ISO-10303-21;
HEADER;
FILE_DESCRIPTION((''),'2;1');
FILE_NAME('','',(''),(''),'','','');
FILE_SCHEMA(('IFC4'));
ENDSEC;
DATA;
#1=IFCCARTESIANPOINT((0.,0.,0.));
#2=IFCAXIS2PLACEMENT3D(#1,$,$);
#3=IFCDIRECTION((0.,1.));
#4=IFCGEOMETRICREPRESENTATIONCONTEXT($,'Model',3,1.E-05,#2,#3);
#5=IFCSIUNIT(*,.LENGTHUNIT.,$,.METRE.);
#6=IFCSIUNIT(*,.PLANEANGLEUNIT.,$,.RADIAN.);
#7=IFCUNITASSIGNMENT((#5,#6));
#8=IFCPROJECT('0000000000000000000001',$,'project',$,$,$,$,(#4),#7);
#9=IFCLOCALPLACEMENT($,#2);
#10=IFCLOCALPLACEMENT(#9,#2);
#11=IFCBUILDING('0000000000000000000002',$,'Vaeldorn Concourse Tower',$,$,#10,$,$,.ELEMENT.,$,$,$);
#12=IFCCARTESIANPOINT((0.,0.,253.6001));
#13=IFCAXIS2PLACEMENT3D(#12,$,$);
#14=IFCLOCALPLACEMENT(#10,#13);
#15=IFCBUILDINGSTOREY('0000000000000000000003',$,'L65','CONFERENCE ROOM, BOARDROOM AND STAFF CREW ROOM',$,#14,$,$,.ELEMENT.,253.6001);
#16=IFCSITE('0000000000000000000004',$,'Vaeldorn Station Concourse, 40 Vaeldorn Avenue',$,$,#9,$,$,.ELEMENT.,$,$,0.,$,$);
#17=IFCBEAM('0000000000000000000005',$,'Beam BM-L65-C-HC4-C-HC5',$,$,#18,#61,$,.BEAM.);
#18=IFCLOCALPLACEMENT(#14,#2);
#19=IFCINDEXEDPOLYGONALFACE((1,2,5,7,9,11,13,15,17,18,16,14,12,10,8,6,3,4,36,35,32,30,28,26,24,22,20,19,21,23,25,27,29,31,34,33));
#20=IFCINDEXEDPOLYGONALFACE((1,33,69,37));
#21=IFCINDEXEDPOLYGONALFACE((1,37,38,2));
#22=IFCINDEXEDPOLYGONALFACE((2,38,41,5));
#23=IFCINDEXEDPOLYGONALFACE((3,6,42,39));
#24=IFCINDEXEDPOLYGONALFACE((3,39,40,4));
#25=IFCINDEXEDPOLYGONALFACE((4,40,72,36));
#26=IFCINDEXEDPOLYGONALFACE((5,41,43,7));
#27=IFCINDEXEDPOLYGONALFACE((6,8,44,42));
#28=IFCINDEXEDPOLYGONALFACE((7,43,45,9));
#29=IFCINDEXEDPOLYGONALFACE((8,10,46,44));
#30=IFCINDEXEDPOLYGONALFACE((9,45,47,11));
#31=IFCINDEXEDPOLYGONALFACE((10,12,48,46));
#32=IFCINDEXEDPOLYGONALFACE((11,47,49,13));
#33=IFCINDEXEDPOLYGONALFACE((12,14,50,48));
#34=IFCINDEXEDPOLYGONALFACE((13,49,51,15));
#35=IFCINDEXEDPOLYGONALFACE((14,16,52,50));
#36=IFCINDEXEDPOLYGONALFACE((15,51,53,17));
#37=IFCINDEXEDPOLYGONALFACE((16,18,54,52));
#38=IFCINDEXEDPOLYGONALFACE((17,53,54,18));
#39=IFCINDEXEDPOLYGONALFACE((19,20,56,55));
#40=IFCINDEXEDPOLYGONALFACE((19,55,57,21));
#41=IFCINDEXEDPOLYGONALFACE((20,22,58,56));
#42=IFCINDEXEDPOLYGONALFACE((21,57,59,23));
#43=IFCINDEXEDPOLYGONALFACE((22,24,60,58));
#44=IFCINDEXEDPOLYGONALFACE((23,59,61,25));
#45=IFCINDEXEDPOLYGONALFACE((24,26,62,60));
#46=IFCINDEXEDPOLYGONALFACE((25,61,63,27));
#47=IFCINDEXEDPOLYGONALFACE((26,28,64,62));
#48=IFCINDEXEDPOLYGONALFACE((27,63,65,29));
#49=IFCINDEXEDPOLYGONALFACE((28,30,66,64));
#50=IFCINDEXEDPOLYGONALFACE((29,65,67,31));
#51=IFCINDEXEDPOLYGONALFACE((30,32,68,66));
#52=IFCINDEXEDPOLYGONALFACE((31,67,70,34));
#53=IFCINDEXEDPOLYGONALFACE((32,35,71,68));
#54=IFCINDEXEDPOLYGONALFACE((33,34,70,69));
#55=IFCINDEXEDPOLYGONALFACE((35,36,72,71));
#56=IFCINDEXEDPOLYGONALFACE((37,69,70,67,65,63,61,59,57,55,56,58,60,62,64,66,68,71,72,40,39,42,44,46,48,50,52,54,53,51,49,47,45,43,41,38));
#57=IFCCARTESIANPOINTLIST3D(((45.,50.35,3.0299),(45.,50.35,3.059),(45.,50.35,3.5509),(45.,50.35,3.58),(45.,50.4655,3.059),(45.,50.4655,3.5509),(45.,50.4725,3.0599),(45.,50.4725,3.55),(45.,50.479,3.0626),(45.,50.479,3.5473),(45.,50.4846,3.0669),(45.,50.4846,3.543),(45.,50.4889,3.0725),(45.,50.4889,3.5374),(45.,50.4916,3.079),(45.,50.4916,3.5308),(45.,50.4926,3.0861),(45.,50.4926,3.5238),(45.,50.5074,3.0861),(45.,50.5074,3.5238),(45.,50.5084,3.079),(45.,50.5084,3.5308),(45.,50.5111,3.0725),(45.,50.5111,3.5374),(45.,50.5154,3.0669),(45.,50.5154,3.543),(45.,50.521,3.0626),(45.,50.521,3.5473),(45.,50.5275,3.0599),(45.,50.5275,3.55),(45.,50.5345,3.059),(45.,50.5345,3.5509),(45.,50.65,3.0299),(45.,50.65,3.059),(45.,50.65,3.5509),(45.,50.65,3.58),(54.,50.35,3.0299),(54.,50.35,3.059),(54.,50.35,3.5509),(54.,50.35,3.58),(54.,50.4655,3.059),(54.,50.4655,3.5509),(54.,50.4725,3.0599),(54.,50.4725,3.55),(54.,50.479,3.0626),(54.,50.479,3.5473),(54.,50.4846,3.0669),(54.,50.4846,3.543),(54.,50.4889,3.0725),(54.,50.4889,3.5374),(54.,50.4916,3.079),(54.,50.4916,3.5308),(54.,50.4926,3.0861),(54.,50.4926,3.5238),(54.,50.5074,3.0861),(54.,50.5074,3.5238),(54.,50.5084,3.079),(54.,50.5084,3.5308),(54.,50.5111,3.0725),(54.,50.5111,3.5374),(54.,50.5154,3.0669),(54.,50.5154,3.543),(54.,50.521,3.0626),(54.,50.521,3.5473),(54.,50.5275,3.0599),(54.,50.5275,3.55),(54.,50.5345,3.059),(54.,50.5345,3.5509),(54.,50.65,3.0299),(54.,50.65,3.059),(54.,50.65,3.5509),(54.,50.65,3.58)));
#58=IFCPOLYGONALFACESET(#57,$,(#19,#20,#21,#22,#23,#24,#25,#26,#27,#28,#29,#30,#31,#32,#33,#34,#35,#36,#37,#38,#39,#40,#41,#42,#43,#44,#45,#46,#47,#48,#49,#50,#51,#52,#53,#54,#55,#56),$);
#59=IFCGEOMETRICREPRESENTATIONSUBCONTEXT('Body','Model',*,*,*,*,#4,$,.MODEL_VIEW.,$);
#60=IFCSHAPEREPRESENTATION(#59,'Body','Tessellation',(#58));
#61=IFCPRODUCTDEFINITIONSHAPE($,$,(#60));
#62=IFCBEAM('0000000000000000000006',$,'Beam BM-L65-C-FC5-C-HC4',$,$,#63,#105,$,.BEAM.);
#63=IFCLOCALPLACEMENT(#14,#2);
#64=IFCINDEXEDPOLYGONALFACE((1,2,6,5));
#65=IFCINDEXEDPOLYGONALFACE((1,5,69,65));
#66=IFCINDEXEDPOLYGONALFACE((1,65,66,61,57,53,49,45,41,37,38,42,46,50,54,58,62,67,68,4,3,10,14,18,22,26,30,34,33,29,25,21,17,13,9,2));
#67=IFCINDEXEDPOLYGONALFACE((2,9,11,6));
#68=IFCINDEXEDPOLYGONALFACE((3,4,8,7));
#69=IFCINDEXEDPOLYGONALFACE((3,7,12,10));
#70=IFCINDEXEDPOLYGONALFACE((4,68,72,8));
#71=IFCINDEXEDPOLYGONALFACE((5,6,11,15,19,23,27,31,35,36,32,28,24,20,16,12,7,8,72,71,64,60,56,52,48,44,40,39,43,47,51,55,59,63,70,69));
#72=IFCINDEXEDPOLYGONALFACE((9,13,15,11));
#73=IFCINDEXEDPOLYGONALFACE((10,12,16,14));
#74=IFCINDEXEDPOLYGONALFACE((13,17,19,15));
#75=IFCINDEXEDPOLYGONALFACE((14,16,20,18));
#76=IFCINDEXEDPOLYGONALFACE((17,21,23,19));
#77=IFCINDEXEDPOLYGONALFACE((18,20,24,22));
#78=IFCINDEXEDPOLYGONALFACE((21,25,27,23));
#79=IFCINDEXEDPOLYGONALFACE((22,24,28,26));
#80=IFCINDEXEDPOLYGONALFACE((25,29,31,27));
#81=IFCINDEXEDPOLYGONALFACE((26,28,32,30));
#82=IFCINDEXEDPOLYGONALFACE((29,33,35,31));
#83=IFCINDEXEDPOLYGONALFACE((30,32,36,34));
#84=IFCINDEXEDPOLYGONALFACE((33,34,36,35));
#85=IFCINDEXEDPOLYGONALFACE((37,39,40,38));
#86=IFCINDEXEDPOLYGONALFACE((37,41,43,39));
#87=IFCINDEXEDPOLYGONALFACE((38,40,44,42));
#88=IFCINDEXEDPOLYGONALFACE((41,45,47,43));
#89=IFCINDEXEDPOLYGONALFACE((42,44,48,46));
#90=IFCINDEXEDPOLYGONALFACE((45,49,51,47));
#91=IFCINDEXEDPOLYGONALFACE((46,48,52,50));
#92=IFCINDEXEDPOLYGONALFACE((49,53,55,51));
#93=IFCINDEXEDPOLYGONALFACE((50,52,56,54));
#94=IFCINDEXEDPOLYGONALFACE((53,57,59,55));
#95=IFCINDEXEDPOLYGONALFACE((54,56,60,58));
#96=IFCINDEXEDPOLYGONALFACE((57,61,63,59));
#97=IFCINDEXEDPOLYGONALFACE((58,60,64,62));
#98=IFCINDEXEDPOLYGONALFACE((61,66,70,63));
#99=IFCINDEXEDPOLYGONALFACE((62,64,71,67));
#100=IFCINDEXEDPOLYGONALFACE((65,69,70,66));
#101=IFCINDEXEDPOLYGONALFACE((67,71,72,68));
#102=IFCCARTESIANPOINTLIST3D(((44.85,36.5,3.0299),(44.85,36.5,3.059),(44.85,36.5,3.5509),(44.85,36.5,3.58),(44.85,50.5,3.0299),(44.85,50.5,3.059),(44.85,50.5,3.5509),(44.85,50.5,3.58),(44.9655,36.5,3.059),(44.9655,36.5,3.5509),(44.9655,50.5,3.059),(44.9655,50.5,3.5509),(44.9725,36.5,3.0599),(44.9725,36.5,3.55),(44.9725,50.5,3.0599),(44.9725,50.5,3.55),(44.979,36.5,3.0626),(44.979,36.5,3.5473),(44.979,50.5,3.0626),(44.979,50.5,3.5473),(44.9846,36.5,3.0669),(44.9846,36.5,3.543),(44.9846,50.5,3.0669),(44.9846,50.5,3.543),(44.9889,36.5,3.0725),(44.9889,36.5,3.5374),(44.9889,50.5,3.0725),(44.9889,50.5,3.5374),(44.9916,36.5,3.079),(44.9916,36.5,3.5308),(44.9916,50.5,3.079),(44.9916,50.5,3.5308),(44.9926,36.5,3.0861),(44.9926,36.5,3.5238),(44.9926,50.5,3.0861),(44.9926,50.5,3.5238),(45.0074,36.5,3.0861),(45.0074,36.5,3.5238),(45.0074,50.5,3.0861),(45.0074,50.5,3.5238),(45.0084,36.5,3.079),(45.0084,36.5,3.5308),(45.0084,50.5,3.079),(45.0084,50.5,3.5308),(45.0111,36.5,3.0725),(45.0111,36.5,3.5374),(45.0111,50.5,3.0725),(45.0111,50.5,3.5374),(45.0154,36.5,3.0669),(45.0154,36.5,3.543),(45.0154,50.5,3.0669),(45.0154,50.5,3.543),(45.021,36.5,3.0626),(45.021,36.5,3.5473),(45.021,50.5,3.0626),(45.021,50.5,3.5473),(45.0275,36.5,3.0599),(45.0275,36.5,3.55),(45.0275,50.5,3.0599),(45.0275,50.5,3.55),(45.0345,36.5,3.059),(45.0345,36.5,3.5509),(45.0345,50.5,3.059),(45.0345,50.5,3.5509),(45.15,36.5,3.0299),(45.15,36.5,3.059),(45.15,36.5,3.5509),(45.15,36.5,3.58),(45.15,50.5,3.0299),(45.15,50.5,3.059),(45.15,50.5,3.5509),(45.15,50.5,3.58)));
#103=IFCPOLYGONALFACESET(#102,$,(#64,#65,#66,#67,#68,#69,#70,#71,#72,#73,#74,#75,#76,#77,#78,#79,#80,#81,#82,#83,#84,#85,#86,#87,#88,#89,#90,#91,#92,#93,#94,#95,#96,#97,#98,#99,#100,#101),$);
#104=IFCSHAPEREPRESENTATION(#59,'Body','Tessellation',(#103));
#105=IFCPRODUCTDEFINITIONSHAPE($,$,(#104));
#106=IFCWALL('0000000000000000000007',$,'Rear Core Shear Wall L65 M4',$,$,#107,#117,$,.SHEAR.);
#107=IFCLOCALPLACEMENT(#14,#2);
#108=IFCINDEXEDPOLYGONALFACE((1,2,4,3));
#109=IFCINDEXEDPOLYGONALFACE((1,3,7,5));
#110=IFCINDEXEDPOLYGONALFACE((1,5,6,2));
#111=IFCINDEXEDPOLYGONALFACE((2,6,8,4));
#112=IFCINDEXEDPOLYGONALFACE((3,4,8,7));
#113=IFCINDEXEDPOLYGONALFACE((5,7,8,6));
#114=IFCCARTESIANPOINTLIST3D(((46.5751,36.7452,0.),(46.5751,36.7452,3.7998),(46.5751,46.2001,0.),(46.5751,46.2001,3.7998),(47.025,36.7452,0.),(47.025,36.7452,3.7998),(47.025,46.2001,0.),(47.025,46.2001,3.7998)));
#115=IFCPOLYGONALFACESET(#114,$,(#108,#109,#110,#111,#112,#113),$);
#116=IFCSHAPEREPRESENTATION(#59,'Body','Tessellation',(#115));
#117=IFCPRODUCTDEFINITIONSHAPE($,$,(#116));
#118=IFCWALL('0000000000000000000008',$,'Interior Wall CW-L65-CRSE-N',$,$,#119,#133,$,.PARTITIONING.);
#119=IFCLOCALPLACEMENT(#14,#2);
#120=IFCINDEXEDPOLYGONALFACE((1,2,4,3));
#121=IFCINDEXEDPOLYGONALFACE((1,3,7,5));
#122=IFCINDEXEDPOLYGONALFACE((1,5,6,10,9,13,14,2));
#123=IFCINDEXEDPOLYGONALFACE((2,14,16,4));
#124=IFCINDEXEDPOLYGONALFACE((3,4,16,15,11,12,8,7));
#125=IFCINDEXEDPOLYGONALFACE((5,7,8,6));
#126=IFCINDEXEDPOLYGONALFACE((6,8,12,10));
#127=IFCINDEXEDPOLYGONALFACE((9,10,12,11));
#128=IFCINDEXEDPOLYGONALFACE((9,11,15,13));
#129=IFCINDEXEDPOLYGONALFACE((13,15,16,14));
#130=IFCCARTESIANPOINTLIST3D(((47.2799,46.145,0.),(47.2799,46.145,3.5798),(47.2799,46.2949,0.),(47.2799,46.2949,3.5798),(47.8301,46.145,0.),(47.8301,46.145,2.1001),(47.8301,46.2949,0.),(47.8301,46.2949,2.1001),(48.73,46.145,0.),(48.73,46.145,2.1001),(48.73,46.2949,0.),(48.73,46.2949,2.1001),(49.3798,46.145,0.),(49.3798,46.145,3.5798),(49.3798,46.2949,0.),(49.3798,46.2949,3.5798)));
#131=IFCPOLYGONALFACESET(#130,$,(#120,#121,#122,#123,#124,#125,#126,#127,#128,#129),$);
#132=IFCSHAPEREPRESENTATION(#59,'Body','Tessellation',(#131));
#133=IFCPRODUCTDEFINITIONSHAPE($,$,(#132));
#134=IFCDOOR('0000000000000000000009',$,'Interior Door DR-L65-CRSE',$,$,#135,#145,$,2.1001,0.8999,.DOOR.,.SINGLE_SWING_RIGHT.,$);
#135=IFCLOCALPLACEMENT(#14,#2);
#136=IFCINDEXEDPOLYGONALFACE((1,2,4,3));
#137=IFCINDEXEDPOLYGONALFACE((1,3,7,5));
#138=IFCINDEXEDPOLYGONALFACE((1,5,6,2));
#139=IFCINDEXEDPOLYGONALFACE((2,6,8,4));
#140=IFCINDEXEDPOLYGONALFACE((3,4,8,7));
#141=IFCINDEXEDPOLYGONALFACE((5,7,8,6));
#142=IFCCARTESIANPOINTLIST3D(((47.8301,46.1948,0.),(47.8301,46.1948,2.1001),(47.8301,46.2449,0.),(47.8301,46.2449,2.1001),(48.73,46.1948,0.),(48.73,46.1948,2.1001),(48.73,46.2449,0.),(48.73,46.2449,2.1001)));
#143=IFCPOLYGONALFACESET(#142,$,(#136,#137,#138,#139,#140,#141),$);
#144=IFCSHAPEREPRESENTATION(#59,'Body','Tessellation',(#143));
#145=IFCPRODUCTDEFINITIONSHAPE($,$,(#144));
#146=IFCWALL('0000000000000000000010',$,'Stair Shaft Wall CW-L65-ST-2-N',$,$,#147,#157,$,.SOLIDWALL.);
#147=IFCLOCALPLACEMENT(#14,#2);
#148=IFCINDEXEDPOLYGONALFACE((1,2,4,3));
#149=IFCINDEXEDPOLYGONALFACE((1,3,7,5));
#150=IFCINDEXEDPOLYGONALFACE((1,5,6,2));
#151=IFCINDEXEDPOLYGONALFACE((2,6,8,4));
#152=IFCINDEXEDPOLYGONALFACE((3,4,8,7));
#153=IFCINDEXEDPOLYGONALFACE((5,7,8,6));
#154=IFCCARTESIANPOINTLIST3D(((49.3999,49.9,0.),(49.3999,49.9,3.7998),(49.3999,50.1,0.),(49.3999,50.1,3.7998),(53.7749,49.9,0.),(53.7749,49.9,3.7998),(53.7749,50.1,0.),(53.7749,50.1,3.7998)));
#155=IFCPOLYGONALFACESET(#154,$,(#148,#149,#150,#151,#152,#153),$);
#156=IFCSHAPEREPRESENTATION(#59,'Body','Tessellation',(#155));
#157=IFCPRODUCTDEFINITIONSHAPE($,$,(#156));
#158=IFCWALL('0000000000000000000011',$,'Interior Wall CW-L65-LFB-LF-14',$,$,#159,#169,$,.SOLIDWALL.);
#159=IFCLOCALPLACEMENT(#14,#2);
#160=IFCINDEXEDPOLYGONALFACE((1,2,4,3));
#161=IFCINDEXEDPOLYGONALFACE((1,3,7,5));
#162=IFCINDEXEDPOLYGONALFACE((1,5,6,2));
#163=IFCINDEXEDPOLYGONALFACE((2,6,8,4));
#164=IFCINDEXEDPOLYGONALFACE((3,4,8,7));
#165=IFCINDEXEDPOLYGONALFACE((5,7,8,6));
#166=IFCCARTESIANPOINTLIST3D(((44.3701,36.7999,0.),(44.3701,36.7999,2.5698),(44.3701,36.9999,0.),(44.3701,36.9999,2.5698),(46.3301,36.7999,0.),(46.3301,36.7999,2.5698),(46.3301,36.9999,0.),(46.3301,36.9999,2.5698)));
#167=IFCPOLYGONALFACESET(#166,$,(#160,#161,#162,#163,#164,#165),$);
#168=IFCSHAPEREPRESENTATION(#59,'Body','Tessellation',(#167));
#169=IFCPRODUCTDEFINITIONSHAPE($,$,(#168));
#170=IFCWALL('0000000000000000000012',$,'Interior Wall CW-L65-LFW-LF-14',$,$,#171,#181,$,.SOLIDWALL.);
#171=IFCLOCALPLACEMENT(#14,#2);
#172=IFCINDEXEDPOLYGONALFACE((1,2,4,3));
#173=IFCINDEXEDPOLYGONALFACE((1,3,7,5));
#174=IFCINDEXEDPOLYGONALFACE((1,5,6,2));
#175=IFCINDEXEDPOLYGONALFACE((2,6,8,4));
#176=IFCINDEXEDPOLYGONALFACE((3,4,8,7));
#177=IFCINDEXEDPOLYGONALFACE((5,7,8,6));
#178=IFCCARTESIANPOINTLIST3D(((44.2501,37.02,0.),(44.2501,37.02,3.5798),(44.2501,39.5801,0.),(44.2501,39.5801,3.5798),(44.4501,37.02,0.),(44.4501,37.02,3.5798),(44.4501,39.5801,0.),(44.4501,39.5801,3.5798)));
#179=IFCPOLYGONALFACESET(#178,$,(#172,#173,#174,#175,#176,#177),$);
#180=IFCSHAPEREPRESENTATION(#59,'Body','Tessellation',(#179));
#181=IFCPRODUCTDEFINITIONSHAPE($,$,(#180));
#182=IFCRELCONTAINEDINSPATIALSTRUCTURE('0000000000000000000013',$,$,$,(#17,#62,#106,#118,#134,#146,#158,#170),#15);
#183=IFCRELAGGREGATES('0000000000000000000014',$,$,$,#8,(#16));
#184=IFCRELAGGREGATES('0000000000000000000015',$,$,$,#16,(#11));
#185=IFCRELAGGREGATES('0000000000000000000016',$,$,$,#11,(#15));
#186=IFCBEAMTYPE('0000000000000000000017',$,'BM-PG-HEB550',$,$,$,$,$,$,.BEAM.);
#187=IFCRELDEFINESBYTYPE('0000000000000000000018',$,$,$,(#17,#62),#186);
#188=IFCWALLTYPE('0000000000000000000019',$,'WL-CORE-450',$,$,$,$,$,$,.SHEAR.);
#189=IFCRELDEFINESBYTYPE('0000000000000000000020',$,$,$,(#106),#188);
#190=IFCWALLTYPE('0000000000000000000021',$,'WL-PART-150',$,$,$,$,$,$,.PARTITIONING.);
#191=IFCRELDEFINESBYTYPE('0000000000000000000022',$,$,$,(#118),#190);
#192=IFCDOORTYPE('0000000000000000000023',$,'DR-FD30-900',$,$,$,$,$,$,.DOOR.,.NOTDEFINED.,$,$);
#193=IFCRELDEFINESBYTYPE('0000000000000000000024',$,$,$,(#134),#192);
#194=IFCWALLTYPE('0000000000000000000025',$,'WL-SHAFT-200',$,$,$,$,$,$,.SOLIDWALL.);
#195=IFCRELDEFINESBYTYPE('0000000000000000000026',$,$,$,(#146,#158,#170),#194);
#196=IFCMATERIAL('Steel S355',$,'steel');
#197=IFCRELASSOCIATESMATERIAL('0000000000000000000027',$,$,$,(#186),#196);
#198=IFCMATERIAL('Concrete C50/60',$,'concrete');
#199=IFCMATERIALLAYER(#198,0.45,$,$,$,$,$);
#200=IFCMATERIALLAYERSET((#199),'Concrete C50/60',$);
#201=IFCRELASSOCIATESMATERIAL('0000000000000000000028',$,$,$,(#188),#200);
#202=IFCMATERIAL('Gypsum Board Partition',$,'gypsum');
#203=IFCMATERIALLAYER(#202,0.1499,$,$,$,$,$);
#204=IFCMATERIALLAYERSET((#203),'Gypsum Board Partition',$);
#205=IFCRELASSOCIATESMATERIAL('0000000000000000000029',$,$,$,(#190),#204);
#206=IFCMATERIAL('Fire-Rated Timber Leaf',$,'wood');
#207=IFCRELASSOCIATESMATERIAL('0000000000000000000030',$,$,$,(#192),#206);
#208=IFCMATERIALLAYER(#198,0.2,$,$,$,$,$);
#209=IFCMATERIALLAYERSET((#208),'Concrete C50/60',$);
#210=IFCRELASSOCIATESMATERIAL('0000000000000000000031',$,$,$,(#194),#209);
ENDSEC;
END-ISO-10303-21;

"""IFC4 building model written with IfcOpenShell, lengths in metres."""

from ifc_helpers import new_model, si_unit, direction, frame, frame_2d, origin, origin_2d, place, context, subcontext, project, spatial, rectangle, i_section, extrude, source, transform, mapped, material, layer, layer_set, material_profile, profile_set, type_object, element, fill, save


model = new_model("IFC4")

# Units and contexts
model_context = context("Model", 3, precision=1e-05, world=origin(), true_north=direction((0.0, 1.0)))
body_context = subcontext(model_context, "Body", "Model", "MODEL_VIEW")
ifc_project = project(units=[si_unit("LENGTHUNIT", "METRE"), si_unit("PLANEANGLEUNIT", "RADIAN")], contexts=[model_context])

# Site, building, storey
site_placement = place(None, origin())
site = spatial("IfcSite", under=ifc_project, at=site_placement, Name="Vaeldorn Station Concourse, 40 Vaeldorn Avenue", CompositionType="ELEMENT", RefElevation=0.0)
building_placement = place(site_placement, origin())
building = spatial("IfcBuilding", under=site, at=building_placement, Name="Vaeldorn Concourse Tower", CompositionType="ELEMENT")
storey_placement = place(building_placement, frame((0.0, 0.0, 253.6001)))
storey = spatial("IfcBuildingStorey", under=building, at=storey_placement, Name="L65", Description="CONFERENCE ROOM, BOARDROOM AND STAFF CREW ROOM", CompositionType="ELEMENT", Elevation=253.6001)

# Beams
ifc_material_1 = material(Name="Concrete C50/60", Category="concrete")
ifc_material_2 = material(Name="Steel S355", Category="steel")
ifc_material_profile_1 = material_profile(ifc_material_2, i_section(OverallWidth=0.3, OverallDepth=0.55, WebThickness=0.0149, FlangeThickness=0.0291, FilletRadius=0.0271, at=origin_2d()), Name="HEB 550")
ifc_profile_set_1 = profile_set([ifc_material_profile_1], Name="Steel S355")
beam_type_1 = type_object("IfcBeamType", Name="BM-PG-HEB550", PredefinedType="BEAM", material=ifc_profile_set_1)
shared_shape_1 = source(origin(), body_context, "Body", "SweptSolid", [
    extrude(i_section(OverallWidth=0.3, OverallDepth=0.55, WebThickness=0.0149, FlangeThickness=0.0291, FilletRadius=0.0271, at=origin_2d()), origin(), (0.0, 0.0, 1.0), 9.0),
])
beam_1_placement = place(storey_placement, frame((45.0, 50.5, 3.3049), z_axis=(1.0, 0.0, 0.0), x_axis=(0.0, 1.0, 0.0)))
element("IfcBeam", 1, at=beam_1_placement, inside=storey, type_object=beam_type_1, Name="Beam BM-L65-C-HC4-C-HC5", PredefinedType="BEAM", context=body_context, shape_type="MappedRepresentation", body=[
    mapped(shared_shape_1, transform((0.0, 0.0, 0.0), scale=1.0)),
])
shared_shape_2 = source(origin(), body_context, "Body", "SweptSolid", [
    extrude(i_section(OverallWidth=0.3, OverallDepth=0.55, WebThickness=0.0149, FlangeThickness=0.0291, FilletRadius=0.0271, at=origin_2d()), origin(), (0.0, 0.0, 1.0), 14.0),
])
beam_2_placement = place(storey_placement, frame((45.0, 36.5, 3.3049), z_axis=(0.0, 1.0, 0.0), x_axis=(-1.0, 0.0, 0.0)))
element("IfcBeam", 2, at=beam_2_placement, inside=storey, type_object=beam_type_1, Name="Beam BM-L65-C-FC5-C-HC4", PredefinedType="BEAM", context=body_context, shape_type="MappedRepresentation", body=[
    mapped(shared_shape_2, transform((0.0, 0.0, 0.0), scale=1.0)),
])

# Wall
ifc_layer_1 = layer(ifc_material_1, 0.45)
ifc_layer_set_1 = layer_set([ifc_layer_1], Name="Concrete C50/60")
wall_type_1 = type_object("IfcWallType", Name="WL-CORE-450", PredefinedType="SHEAR", material=ifc_layer_set_1)
wall_1_placement = place(storey_placement, frame((46.8, 36.7451, 0.0), z_axis=(0.0, 0.0, 1.0), x_axis=(0.0, 1.0, 0.0)))
element("IfcWall", 3, at=wall_1_placement, inside=storey, type_object=wall_type_1, Name="Rear Core Shear Wall L65 M4", PredefinedType="SHEAR", context=body_context, shape_type="SweptSolid", body=[
    extrude(rectangle(XDim=9.4548, YDim=0.45, at=frame_2d((4.7275, 0.0))), origin(), (0.0, 0.0, 1.0), 3.7998),
])

# Wall, opening, door
ifc_material_3 = material(Name="Gypsum Board Partition", Category="gypsum")
ifc_layer_2 = layer(ifc_material_3, 0.1499)
ifc_layer_set_2 = layer_set([ifc_layer_2], Name="Gypsum Board Partition")
wall_type_2 = type_object("IfcWallType", Name="WL-PART-150", PredefinedType="PARTITIONING", material=ifc_layer_set_2)
wall_2_placement = place(storey_placement, frame((47.28, 46.22, 0.0), z_axis=(0.0, 0.0, 1.0), x_axis=(1.0, 0.0, 0.0)))
wall_2 = element("IfcWall", 4, at=wall_2_placement, inside=storey, type_object=wall_type_2, Name="Interior Wall CW-L65-CRSE-N", PredefinedType="PARTITIONING", context=body_context, shape_type="SweptSolid", body=[
    extrude(rectangle(XDim=2.0999, YDim=0.1499, at=frame_2d((1.0498, 0.0))), origin(), (0.0, 0.0, 1.0), 3.5798),
])
opening_1_placement = place(wall_2_placement, frame((0.55, 0.0, 0.0)))
opening_1 = element("IfcOpeningElement", 5, at=opening_1_placement, cuts=wall_2, PredefinedType="OPENING", context=body_context, shape_type="SweptSolid", body=[
    extrude(rectangle(XDim=0.8999, YDim=2.1001, at=frame_2d((0.45, 1.05))), frame((0.0, 0.085, 0.0), z_axis=(0.0, -1.0, 0.0), x_axis=(1.0, 0.0, 0.0)), (0.0, 0.0, 1.0), 0.1699),
])
ifc_material_4 = material(Name="Fire-Rated Timber Leaf", Category="wood")
door_type_1 = type_object("IfcDoorType", Name="DR-FD30-900", OperationType="NOTDEFINED", PredefinedType="DOOR", material=ifc_material_4)
shared_shape_3 = source(origin(), body_context, "Body", "SweptSolid", [
    extrude(rectangle(XDim=0.8999, YDim=2.1001, at=frame_2d((0.45, 1.05))), frame((0.0, 0.0249, 0.0), z_axis=(0.0, -1.0, 0.0), x_axis=(1.0, 0.0, 0.0)), (0.0, 0.0, 1.0), 0.05),
])
door_1_placement = place(opening_1_placement, origin())
door_1 = element("IfcDoor", 6, at=door_1_placement, inside=storey, type_object=door_type_1, Name="Interior Door DR-L65-CRSE", OperationType="SINGLE_SWING_RIGHT", OverallHeight=2.1001, OverallWidth=0.8999, PredefinedType="DOOR", context=body_context, shape_type="MappedRepresentation", body=[
    mapped(shared_shape_3, transform((0.0, 0.0, 0.0), scale=1.0)),
])
fill(opening_1, door_1)
ifc_layer_3 = layer(ifc_material_1, 0.2)
ifc_layer_set_3 = layer_set([ifc_layer_3], Name="Concrete C50/60")
wall_type_3 = type_object("IfcWallType", Name="WL-SHAFT-200", PredefinedType="SOLIDWALL", material=ifc_layer_set_3)

# Wall
wall_3_placement = place(storey_placement, frame((49.3999, 50.0, 0.0), z_axis=(0.0, 0.0, 1.0), x_axis=(1.0, 0.0, 0.0)))
element("IfcWall", 7, at=wall_3_placement, inside=storey, type_object=wall_type_3, Name="Stair Shaft Wall CW-L65-ST-2-N", PredefinedType="SOLIDWALL", context=body_context, shape_type="SweptSolid", body=[
    extrude(rectangle(XDim=4.375, YDim=0.2, at=frame_2d((2.1875, 0.0))), origin(), (0.0, 0.0, 1.0), 3.7998),
])

# Walls
wall_4_placement = place(storey_placement, frame((44.3701, 36.8999, 0.0), z_axis=(0.0, 0.0, 1.0), x_axis=(1.0, 0.0, 0.0)))
element("IfcWall", 8, at=wall_4_placement, inside=storey, type_object=wall_type_3, Name="Interior Wall CW-L65-LFB-LF-14", PredefinedType="SOLIDWALL", context=body_context, shape_type="SweptSolid", body=[
    extrude(rectangle(XDim=1.96, YDim=0.2, at=frame_2d((0.98, 0.0))), origin(), (0.0, 0.0, 1.0), 2.5698),
])
for number, where, z_axis, x_axis, name in (
    (9, (44.3501, 37.02, 0.0), (0.0, 0.0, 1.0), (0.0, 1.0, 0.0), "Interior Wall CW-L65-LFW-LF-14"),
):
    element("IfcWall", number, at=place(storey_placement, frame(where, z_axis=z_axis, x_axis=x_axis)), inside=storey, type_object=wall_type_3, Name=name, PredefinedType="SOLIDWALL", context=body_context, shape_type="SweptSolid", body=[
        extrude(rectangle(XDim=2.5601, YDim=0.2, at=frame_2d((1.28, 0.0))), origin(), (0.0, 0.0, 1.0), 3.5798),
    ])

save(model, "model.ifc")
